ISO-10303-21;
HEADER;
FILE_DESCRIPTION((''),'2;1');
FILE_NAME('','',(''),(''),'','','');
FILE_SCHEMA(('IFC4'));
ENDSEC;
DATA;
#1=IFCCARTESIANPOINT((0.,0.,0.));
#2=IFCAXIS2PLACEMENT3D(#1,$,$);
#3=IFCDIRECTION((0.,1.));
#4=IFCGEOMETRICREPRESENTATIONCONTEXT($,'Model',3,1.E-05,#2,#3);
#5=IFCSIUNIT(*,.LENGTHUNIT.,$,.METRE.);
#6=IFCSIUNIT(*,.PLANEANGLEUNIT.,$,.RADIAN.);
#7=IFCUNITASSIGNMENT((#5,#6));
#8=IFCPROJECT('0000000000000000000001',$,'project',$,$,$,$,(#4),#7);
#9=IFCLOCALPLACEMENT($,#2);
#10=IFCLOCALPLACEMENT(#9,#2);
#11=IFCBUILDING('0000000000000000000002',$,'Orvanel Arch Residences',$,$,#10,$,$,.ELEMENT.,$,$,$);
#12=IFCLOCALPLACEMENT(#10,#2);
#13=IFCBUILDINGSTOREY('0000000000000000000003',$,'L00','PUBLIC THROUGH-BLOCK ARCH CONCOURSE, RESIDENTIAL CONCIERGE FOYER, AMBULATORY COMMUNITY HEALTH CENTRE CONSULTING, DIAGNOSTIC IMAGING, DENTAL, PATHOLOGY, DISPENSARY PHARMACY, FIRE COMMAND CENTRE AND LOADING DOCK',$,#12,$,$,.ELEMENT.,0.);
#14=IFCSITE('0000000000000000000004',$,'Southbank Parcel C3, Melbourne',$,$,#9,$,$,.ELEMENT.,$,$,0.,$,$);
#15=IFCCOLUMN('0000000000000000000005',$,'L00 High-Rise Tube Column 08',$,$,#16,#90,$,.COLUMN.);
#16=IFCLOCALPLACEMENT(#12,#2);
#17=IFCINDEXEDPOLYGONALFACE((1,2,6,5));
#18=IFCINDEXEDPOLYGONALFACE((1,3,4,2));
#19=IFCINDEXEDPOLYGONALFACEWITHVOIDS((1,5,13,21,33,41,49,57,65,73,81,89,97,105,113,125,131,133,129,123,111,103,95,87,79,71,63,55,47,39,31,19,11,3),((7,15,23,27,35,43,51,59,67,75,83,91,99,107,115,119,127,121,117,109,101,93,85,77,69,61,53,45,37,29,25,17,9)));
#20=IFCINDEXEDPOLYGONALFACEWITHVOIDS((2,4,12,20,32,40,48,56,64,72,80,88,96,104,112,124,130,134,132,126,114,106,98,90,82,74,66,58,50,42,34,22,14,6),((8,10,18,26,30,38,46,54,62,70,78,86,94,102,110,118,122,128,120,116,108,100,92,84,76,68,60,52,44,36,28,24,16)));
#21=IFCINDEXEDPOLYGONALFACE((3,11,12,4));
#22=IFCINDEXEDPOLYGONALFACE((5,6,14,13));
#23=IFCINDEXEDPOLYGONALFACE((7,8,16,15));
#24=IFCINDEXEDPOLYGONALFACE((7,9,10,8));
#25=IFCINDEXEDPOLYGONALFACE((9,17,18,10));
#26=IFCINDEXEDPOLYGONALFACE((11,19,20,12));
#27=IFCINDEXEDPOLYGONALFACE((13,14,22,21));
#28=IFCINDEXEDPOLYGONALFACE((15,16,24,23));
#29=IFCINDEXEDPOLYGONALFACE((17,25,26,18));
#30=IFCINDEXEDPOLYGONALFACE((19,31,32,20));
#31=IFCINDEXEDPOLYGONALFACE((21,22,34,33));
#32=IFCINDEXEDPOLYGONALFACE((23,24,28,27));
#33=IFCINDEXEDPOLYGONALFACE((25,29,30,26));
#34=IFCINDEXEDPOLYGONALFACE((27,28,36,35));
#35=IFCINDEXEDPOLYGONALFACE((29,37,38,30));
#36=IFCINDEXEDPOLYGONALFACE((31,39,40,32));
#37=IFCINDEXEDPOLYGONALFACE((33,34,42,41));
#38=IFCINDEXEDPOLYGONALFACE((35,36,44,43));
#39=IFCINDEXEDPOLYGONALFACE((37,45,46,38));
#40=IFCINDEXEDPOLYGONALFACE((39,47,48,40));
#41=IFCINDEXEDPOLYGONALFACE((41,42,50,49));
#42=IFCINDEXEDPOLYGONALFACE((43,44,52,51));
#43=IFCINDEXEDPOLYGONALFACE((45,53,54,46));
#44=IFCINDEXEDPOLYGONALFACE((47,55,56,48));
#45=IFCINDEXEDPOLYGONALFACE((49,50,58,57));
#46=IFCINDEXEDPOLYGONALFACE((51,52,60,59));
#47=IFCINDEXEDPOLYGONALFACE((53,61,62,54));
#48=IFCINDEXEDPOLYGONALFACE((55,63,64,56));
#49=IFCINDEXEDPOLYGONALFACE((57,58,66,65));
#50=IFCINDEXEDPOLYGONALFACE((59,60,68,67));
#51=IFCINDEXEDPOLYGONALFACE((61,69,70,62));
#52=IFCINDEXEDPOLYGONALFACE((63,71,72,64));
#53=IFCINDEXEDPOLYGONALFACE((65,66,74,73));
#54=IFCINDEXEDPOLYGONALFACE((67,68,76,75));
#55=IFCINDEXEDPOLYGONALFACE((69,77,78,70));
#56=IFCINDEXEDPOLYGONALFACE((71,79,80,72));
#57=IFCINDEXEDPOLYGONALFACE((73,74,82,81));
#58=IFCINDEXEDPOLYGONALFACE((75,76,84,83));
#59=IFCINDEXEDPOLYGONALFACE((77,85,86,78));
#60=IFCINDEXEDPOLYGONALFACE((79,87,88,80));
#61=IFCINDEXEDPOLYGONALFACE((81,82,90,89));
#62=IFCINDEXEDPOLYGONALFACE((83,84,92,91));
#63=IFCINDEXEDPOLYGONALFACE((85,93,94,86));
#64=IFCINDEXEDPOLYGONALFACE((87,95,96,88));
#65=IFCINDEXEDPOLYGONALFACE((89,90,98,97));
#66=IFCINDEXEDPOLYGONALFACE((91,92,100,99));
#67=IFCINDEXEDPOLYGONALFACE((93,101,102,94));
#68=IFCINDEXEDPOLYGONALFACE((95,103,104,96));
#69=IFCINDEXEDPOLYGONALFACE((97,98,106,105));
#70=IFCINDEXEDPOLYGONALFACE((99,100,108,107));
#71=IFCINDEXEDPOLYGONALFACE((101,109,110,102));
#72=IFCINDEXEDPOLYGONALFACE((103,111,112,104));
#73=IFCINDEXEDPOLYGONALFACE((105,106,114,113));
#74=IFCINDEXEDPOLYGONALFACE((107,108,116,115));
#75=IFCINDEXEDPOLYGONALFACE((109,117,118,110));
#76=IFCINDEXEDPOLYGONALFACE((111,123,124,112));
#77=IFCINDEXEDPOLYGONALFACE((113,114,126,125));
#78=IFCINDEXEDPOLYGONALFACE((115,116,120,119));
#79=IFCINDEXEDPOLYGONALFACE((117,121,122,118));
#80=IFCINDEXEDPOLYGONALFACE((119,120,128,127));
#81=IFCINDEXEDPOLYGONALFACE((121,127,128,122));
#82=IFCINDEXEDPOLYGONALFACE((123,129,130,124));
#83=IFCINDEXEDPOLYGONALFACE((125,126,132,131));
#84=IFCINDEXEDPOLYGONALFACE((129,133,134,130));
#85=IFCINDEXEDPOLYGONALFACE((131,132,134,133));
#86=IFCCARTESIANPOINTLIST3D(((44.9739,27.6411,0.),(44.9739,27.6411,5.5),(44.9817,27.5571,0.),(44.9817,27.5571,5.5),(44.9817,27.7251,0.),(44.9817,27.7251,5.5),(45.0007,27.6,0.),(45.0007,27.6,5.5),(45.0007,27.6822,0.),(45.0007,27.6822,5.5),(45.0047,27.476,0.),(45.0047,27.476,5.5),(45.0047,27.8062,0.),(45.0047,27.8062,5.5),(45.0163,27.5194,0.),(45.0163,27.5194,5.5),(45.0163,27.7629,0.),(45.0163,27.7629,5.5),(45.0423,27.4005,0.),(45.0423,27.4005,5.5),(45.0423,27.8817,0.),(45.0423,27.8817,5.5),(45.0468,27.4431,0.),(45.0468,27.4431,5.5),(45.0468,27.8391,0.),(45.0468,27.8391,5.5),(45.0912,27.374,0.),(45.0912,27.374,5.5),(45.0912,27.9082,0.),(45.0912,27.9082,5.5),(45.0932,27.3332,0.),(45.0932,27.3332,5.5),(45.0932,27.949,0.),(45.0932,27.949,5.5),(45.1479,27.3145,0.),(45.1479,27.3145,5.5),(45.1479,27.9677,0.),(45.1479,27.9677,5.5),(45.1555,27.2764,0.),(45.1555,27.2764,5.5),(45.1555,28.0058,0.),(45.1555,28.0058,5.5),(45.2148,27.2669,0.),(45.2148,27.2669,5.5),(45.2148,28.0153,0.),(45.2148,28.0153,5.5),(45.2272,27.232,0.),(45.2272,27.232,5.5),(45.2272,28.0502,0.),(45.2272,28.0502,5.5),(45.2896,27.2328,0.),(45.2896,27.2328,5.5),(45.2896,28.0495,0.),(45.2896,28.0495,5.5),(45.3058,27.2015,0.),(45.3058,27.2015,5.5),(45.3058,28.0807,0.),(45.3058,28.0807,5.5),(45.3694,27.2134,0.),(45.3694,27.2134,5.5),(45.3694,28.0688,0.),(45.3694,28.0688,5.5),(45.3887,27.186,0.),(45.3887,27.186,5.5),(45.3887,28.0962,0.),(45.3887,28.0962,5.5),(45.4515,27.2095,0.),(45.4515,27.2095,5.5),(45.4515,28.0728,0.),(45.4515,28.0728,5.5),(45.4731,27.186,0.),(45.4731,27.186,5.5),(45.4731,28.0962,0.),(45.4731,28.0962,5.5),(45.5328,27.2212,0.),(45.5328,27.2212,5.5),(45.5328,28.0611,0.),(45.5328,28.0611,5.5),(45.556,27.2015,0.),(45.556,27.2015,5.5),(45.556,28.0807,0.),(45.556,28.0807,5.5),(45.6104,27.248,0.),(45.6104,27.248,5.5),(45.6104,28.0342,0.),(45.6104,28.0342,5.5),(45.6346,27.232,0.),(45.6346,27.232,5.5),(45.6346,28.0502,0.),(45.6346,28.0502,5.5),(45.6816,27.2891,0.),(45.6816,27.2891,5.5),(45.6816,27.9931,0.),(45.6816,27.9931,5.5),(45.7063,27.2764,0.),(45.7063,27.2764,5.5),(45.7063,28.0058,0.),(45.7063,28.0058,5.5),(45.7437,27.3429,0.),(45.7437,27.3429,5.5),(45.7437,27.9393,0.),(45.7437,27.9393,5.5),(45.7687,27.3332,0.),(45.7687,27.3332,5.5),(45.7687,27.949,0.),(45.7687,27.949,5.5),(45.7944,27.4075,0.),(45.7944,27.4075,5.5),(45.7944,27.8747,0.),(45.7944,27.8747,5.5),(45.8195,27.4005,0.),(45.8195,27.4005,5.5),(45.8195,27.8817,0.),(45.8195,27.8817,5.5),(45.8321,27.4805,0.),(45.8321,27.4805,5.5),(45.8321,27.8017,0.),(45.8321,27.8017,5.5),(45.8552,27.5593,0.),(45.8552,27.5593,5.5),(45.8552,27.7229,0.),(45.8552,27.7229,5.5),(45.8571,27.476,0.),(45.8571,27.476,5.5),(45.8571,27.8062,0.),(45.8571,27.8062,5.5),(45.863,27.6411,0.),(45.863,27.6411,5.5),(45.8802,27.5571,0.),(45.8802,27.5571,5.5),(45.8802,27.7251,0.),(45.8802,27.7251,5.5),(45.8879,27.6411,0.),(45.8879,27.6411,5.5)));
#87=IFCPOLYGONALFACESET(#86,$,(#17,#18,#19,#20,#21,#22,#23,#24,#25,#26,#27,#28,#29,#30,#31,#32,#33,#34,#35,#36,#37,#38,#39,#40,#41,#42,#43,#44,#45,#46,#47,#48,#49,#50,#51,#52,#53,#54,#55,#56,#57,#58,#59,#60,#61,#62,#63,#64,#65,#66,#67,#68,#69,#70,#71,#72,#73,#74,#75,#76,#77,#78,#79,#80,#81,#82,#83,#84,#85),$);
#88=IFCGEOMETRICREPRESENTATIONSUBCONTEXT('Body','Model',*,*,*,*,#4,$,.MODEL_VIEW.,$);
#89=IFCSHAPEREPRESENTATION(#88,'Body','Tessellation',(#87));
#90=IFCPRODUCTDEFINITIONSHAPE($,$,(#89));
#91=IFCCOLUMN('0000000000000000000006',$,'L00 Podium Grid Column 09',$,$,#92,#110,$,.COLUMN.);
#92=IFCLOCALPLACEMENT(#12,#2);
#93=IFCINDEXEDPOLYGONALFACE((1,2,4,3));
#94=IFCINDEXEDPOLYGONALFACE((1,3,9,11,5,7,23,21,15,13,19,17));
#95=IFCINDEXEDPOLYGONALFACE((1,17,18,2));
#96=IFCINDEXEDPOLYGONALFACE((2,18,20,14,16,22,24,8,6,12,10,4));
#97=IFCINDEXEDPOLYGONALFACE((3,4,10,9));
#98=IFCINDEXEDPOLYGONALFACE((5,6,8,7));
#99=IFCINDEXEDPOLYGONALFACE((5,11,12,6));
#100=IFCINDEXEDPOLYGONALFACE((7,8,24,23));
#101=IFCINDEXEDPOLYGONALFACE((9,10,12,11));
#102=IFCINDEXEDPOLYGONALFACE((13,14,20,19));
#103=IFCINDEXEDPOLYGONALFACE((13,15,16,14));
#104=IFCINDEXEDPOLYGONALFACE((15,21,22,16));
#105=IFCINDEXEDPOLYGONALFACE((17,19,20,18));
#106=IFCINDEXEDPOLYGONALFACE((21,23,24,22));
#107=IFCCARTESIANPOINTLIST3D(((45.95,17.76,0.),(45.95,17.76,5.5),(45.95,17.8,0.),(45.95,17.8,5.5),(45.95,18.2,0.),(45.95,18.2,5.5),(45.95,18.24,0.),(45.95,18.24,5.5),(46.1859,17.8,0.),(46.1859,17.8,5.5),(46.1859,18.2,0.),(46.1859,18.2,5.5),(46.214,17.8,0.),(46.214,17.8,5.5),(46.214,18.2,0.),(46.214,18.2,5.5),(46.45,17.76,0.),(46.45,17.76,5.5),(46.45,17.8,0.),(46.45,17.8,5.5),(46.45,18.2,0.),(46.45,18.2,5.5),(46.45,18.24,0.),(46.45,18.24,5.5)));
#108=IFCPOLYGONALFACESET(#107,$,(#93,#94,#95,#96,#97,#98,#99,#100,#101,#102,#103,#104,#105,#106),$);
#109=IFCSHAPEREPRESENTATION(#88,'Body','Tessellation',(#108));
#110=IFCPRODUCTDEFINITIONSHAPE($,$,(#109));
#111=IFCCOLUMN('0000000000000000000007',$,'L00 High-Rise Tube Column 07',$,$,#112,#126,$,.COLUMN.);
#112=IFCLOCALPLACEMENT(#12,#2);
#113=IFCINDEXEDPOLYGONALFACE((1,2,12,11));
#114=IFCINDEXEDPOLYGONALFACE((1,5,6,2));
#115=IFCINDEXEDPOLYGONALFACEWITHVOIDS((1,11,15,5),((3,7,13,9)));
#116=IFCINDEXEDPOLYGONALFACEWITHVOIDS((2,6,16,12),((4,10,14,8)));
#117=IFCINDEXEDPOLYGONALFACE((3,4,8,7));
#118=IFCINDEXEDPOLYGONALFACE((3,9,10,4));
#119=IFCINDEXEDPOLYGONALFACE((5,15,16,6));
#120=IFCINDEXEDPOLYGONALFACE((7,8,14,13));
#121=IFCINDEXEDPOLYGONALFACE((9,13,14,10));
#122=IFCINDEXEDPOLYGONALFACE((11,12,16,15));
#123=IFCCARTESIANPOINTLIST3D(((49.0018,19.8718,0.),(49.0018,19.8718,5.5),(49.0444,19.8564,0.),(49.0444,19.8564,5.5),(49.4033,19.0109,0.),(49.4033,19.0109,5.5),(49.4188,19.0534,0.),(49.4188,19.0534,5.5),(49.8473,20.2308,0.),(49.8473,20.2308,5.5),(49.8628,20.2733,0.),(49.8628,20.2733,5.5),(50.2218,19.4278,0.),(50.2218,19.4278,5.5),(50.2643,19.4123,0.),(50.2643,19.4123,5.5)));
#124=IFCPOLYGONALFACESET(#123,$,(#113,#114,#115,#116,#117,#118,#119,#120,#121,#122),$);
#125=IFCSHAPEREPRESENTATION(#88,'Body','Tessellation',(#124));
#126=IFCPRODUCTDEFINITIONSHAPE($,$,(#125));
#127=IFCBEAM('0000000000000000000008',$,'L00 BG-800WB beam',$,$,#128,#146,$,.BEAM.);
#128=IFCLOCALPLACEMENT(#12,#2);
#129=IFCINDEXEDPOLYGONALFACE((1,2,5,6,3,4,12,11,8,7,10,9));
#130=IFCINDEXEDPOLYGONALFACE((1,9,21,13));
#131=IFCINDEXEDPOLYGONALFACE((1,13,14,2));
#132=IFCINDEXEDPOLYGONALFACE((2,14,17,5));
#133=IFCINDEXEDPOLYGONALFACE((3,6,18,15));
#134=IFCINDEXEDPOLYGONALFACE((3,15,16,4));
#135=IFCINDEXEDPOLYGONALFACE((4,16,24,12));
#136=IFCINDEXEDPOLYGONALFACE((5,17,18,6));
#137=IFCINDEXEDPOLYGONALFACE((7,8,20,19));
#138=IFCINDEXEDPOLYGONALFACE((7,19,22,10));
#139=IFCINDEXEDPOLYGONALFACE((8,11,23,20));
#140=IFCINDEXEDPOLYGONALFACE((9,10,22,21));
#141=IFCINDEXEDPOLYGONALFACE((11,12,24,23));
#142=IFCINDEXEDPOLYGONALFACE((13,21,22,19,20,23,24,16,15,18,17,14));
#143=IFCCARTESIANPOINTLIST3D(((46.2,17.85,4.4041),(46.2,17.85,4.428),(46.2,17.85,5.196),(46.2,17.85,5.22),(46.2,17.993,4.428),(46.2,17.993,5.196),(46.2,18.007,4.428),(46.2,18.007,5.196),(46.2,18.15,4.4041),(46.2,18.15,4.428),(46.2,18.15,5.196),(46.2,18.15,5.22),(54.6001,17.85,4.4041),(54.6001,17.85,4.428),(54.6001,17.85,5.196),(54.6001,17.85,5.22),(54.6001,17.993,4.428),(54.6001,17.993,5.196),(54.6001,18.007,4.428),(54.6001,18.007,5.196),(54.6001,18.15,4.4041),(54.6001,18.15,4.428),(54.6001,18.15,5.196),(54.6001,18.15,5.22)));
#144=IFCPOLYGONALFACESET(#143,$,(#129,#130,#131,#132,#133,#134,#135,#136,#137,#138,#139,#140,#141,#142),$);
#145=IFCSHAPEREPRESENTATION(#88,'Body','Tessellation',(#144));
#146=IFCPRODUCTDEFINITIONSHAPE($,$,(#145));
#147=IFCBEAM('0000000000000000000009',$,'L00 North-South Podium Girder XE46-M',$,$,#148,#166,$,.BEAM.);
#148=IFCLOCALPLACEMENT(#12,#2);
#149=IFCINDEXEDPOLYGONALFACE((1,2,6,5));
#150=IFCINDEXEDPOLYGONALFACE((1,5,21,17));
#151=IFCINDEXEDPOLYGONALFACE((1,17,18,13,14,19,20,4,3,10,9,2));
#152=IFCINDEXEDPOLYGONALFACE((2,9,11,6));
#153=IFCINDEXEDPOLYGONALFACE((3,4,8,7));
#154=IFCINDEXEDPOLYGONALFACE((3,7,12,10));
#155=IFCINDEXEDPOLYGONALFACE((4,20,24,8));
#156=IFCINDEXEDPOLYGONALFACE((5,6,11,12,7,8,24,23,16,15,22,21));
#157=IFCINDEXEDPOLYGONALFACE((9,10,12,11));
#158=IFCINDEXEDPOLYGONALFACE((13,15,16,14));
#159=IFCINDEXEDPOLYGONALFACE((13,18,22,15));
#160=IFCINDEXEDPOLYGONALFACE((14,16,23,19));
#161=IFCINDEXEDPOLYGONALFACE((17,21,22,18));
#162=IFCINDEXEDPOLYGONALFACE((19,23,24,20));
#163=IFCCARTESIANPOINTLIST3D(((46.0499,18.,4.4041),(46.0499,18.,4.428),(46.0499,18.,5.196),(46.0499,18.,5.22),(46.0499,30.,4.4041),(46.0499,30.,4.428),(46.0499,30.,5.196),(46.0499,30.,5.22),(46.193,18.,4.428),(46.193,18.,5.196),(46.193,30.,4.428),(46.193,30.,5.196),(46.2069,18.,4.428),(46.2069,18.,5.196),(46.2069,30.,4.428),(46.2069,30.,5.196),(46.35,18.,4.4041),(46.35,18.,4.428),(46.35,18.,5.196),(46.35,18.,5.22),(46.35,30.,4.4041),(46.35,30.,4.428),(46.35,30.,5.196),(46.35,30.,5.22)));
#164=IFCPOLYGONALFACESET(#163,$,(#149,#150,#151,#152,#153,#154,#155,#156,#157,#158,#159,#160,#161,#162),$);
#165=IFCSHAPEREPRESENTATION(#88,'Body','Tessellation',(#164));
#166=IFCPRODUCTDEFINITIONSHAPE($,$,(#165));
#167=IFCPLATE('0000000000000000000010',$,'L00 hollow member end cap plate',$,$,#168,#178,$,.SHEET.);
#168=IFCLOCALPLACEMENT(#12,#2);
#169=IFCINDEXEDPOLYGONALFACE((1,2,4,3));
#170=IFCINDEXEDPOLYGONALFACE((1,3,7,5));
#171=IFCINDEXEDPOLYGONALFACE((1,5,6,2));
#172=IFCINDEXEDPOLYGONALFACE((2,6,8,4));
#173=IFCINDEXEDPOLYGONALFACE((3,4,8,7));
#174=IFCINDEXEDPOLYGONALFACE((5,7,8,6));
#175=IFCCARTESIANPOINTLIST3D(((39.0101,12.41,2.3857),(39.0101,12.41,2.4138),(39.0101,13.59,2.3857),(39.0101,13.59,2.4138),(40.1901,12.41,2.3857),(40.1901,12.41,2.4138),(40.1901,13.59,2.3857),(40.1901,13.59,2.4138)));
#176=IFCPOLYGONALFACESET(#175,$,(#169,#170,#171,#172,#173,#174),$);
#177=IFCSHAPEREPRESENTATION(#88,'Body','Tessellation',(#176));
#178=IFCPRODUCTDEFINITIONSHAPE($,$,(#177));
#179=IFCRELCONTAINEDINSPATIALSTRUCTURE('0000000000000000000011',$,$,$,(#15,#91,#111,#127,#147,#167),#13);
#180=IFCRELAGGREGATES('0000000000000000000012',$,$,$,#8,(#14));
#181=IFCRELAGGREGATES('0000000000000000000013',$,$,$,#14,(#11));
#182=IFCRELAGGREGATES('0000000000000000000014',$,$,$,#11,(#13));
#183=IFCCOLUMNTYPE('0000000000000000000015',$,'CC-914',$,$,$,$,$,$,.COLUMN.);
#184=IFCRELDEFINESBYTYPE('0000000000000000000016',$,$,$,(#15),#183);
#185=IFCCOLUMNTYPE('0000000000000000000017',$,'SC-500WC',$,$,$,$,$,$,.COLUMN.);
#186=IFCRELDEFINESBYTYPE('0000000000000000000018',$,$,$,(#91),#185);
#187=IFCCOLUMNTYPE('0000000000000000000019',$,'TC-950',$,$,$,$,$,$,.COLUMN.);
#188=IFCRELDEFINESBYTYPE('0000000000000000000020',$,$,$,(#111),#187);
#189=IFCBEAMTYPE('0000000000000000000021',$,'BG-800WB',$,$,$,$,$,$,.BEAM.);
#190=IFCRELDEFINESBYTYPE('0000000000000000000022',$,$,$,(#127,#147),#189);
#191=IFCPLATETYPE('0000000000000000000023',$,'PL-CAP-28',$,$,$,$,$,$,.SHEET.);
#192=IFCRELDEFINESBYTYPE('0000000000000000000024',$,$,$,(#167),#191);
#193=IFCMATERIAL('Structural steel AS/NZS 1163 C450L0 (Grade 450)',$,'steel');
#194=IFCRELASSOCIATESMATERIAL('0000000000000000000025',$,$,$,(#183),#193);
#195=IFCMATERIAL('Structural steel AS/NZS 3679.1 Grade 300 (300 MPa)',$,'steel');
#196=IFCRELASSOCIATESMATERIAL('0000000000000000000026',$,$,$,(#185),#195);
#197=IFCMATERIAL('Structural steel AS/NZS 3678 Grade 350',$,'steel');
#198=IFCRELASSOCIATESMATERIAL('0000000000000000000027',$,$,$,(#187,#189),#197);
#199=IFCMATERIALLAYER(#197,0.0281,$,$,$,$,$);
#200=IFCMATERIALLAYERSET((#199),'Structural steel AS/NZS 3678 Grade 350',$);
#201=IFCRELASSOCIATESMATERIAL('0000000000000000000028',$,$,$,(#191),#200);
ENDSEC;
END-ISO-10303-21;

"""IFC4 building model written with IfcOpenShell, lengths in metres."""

from ifc_helpers import new_model, si_unit, direction, frame, origin, origin_2d, place, context, subcontext, project, spatial, rectangle, hollow_rectangle, hollow_circle, i_section, extrude, material, layer, layer_set, material_profile, profile_set, type_object, element, save


model = new_model("IFC4")

# Units and contexts
model_context = context("Model", 3, precision=1e-05, world=origin(), true_north=direction((0.0, 1.0)))
body_context = subcontext(model_context, "Body", "Model", "MODEL_VIEW")
ifc_project = project(units=[si_unit("LENGTHUNIT", "METRE"), si_unit("PLANEANGLEUNIT", "RADIAN")], contexts=[model_context])

# Site, building, storey
site_placement = place(None, origin())
site = spatial("IfcSite", under=ifc_project, at=site_placement, Name="Southbank Parcel C3, Melbourne", CompositionType="ELEMENT", RefElevation=0.0)
building_placement = place(site_placement, origin())
building = spatial("IfcBuilding", under=site, at=building_placement, Name="Orvanel Arch Residences", CompositionType="ELEMENT")
storey_placement = place(building_placement, origin())
storey = spatial("IfcBuildingStorey", under=building, at=storey_placement, Name="L00", Description="PUBLIC THROUGH-BLOCK ARCH CONCOURSE, RESIDENTIAL CONCIERGE FOYER, AMBULATORY COMMUNITY HEALTH CENTRE CONSULTING, DIAGNOSTIC IMAGING, DENTAL, PATHOLOGY, DISPENSARY PHARMACY, FIRE COMMAND CENTRE AND LOADING DOCK", CompositionType="ELEMENT", Elevation=0.0)

# Columns
ifc_material_1 = material(Name="Structural steel AS/NZS 1163 C450L0 (Grade 450)", Category="steel")
ifc_material_profile_1 = material_profile(ifc_material_1, hollow_circle(Radius=0.457, WallThickness=0.0249, at=origin_2d()), Name="CHS914x25")
ifc_profile_set_1 = profile_set([ifc_material_profile_1], Name="Structural steel AS/NZS 1163 C450L0 (Grade 450)")
column_type_1 = type_object("IfcColumnType", Name="CC-914", PredefinedType="COLUMN", material=ifc_profile_set_1)
column_1_placement = place(storey_placement, frame((45.4309, 27.6411, 0.0), z_axis=(0.0, 0.0, 1.0), x_axis=(1.0, 0.0, 0.0)))
element("IfcColumn", 1, at=column_1_placement, inside=storey, type_object=column_type_1, Name="L00 High-Rise Tube Column 08", PredefinedType="COLUMN", context=body_context, shape_type="SweptSolid", body=[
    extrude(hollow_circle(Radius=0.457, WallThickness=0.0249, at=origin_2d()), origin(), (0.0, 0.0, 1.0), 5.5),
])
ifc_material_2 = material(Name="Structural steel AS/NZS 3679.1 Grade 300 (300 MPa)", Category="steel")
ifc_material_profile_2 = material_profile(ifc_material_2, i_section(OverallWidth=0.5, OverallDepth=0.48, WebThickness=0.0281, FlangeThickness=0.04, at=origin_2d()), Name="500WC440")
ifc_profile_set_2 = profile_set([ifc_material_profile_2], Name="Structural steel AS/NZS 3679.1 Grade 300 (300 MPa)")
column_type_2 = type_object("IfcColumnType", Name="SC-500WC", PredefinedType="COLUMN", material=ifc_profile_set_2)
column_2_placement = place(storey_placement, frame((46.2, 18.0, 0.0), z_axis=(0.0, 0.0, 1.0), x_axis=(1.0, 0.0, 0.0)))
element("IfcColumn", 2, at=column_2_placement, inside=storey, type_object=column_type_2, Name="L00 Podium Grid Column 09", PredefinedType="COLUMN", context=body_context, shape_type="SweptSolid", body=[
    extrude(i_section(OverallWidth=0.5, OverallDepth=0.48, WebThickness=0.0281, FlangeThickness=0.04, at=origin_2d()), origin(), (0.0, 0.0, 1.0), 5.5),
])
ifc_material_3 = material(Name="Structural steel AS/NZS 3678 Grade 350", Category="steel")
ifc_material_profile_3 = material_profile(ifc_material_3, hollow_rectangle(XDim=0.95, YDim=0.95, WallThickness=0.032, at=origin_2d()), Name="BOX950x950x32")
ifc_profile_set_3 = profile_set([ifc_material_profile_3], Name="Structural steel AS/NZS 3678 Grade 350")
column_type_3 = type_object("IfcColumnType", Name="TC-950", PredefinedType="COLUMN", material=ifc_profile_set_3)
column_3_placement = place(storey_placement, frame((49.6331, 19.6421, 0.0), z_axis=(0.0, 0.0, 1.0), x_axis=(-0.422618, 0.906308, 0.0)))
element("IfcColumn", 3, at=column_3_placement, inside=storey, type_object=column_type_3, Name="L00 High-Rise Tube Column 07", PredefinedType="COLUMN", context=body_context, shape_type="SweptSolid", body=[
    extrude(hollow_rectangle(XDim=0.95, YDim=0.95, WallThickness=0.032, at=origin_2d()), origin(), (0.0, 0.0, 1.0), 5.5),
])

# Beams
ifc_material_profile_4 = material_profile(ifc_material_3, i_section(OverallWidth=0.3, OverallDepth=0.8159, WebThickness=0.0139, FlangeThickness=0.0239, at=origin_2d()), Name="800WB192")
ifc_profile_set_4 = profile_set([ifc_material_profile_4], Name="Structural steel AS/NZS 3678 Grade 350")
beam_type = type_object("IfcBeamType", Name="BG-800WB", PredefinedType="BEAM", material=ifc_profile_set_4)
beam_1_placement = place(storey_placement, frame((46.2, 18.0, 4.812), z_axis=(1.0, 0.0, 0.0), x_axis=(0.0, 1.0, 0.0)))
element("IfcBeam", 4, at=beam_1_placement, inside=storey, type_object=beam_type, Name="L00 BG-800WB beam", PredefinedType="BEAM", context=body_context, shape_type="SweptSolid", body=[
    extrude(i_section(OverallWidth=0.3, OverallDepth=0.8159, WebThickness=0.0139, FlangeThickness=0.0239, at=origin_2d()), origin(), (0.0, 0.0, 1.0), 8.4001),
])
beam_2_placement = place(storey_placement, frame((46.2, 18.0, 4.812), z_axis=(0.0, 1.0, 0.0), x_axis=(-1.0, 0.0, 0.0)))
element("IfcBeam", 5, at=beam_2_placement, inside=storey, type_object=beam_type, Name="L00 North-South Podium Girder XE46-M", PredefinedType="BEAM", context=body_context, shape_type="SweptSolid", body=[
    extrude(i_section(OverallWidth=0.3, OverallDepth=0.8159, WebThickness=0.0139, FlangeThickness=0.0239, at=origin_2d()), origin(), (0.0, 0.0, 1.0), 12.0),
])

# Plate
ifc_layer_1 = layer(ifc_material_3, 0.0281)
ifc_layer_set_1 = layer_set([ifc_layer_1], Name="Structural steel AS/NZS 3678 Grade 350")
plate_type = type_object("IfcPlateType", Name="PL-CAP-28", PredefinedType="SHEET", material=ifc_layer_set_1)
plate_placement = place(storey_placement, frame((39.6001, 13.0, 2.3857), z_axis=(0.0, 0.0, 1.0), x_axis=(1.0, 0.0, 0.0)))
element("IfcPlate", 6, at=plate_placement, inside=storey, type_object=plate_type, Name="L00 hollow member end cap plate", PredefinedType="SHEET", context=body_context, shape_type="SweptSolid", body=[
    extrude(rectangle(XDim=1.1799, YDim=1.1799, at=origin_2d()), origin(), (0.0, 0.0, 1.0), 0.0281),
])

save(model, "model.ifc")
